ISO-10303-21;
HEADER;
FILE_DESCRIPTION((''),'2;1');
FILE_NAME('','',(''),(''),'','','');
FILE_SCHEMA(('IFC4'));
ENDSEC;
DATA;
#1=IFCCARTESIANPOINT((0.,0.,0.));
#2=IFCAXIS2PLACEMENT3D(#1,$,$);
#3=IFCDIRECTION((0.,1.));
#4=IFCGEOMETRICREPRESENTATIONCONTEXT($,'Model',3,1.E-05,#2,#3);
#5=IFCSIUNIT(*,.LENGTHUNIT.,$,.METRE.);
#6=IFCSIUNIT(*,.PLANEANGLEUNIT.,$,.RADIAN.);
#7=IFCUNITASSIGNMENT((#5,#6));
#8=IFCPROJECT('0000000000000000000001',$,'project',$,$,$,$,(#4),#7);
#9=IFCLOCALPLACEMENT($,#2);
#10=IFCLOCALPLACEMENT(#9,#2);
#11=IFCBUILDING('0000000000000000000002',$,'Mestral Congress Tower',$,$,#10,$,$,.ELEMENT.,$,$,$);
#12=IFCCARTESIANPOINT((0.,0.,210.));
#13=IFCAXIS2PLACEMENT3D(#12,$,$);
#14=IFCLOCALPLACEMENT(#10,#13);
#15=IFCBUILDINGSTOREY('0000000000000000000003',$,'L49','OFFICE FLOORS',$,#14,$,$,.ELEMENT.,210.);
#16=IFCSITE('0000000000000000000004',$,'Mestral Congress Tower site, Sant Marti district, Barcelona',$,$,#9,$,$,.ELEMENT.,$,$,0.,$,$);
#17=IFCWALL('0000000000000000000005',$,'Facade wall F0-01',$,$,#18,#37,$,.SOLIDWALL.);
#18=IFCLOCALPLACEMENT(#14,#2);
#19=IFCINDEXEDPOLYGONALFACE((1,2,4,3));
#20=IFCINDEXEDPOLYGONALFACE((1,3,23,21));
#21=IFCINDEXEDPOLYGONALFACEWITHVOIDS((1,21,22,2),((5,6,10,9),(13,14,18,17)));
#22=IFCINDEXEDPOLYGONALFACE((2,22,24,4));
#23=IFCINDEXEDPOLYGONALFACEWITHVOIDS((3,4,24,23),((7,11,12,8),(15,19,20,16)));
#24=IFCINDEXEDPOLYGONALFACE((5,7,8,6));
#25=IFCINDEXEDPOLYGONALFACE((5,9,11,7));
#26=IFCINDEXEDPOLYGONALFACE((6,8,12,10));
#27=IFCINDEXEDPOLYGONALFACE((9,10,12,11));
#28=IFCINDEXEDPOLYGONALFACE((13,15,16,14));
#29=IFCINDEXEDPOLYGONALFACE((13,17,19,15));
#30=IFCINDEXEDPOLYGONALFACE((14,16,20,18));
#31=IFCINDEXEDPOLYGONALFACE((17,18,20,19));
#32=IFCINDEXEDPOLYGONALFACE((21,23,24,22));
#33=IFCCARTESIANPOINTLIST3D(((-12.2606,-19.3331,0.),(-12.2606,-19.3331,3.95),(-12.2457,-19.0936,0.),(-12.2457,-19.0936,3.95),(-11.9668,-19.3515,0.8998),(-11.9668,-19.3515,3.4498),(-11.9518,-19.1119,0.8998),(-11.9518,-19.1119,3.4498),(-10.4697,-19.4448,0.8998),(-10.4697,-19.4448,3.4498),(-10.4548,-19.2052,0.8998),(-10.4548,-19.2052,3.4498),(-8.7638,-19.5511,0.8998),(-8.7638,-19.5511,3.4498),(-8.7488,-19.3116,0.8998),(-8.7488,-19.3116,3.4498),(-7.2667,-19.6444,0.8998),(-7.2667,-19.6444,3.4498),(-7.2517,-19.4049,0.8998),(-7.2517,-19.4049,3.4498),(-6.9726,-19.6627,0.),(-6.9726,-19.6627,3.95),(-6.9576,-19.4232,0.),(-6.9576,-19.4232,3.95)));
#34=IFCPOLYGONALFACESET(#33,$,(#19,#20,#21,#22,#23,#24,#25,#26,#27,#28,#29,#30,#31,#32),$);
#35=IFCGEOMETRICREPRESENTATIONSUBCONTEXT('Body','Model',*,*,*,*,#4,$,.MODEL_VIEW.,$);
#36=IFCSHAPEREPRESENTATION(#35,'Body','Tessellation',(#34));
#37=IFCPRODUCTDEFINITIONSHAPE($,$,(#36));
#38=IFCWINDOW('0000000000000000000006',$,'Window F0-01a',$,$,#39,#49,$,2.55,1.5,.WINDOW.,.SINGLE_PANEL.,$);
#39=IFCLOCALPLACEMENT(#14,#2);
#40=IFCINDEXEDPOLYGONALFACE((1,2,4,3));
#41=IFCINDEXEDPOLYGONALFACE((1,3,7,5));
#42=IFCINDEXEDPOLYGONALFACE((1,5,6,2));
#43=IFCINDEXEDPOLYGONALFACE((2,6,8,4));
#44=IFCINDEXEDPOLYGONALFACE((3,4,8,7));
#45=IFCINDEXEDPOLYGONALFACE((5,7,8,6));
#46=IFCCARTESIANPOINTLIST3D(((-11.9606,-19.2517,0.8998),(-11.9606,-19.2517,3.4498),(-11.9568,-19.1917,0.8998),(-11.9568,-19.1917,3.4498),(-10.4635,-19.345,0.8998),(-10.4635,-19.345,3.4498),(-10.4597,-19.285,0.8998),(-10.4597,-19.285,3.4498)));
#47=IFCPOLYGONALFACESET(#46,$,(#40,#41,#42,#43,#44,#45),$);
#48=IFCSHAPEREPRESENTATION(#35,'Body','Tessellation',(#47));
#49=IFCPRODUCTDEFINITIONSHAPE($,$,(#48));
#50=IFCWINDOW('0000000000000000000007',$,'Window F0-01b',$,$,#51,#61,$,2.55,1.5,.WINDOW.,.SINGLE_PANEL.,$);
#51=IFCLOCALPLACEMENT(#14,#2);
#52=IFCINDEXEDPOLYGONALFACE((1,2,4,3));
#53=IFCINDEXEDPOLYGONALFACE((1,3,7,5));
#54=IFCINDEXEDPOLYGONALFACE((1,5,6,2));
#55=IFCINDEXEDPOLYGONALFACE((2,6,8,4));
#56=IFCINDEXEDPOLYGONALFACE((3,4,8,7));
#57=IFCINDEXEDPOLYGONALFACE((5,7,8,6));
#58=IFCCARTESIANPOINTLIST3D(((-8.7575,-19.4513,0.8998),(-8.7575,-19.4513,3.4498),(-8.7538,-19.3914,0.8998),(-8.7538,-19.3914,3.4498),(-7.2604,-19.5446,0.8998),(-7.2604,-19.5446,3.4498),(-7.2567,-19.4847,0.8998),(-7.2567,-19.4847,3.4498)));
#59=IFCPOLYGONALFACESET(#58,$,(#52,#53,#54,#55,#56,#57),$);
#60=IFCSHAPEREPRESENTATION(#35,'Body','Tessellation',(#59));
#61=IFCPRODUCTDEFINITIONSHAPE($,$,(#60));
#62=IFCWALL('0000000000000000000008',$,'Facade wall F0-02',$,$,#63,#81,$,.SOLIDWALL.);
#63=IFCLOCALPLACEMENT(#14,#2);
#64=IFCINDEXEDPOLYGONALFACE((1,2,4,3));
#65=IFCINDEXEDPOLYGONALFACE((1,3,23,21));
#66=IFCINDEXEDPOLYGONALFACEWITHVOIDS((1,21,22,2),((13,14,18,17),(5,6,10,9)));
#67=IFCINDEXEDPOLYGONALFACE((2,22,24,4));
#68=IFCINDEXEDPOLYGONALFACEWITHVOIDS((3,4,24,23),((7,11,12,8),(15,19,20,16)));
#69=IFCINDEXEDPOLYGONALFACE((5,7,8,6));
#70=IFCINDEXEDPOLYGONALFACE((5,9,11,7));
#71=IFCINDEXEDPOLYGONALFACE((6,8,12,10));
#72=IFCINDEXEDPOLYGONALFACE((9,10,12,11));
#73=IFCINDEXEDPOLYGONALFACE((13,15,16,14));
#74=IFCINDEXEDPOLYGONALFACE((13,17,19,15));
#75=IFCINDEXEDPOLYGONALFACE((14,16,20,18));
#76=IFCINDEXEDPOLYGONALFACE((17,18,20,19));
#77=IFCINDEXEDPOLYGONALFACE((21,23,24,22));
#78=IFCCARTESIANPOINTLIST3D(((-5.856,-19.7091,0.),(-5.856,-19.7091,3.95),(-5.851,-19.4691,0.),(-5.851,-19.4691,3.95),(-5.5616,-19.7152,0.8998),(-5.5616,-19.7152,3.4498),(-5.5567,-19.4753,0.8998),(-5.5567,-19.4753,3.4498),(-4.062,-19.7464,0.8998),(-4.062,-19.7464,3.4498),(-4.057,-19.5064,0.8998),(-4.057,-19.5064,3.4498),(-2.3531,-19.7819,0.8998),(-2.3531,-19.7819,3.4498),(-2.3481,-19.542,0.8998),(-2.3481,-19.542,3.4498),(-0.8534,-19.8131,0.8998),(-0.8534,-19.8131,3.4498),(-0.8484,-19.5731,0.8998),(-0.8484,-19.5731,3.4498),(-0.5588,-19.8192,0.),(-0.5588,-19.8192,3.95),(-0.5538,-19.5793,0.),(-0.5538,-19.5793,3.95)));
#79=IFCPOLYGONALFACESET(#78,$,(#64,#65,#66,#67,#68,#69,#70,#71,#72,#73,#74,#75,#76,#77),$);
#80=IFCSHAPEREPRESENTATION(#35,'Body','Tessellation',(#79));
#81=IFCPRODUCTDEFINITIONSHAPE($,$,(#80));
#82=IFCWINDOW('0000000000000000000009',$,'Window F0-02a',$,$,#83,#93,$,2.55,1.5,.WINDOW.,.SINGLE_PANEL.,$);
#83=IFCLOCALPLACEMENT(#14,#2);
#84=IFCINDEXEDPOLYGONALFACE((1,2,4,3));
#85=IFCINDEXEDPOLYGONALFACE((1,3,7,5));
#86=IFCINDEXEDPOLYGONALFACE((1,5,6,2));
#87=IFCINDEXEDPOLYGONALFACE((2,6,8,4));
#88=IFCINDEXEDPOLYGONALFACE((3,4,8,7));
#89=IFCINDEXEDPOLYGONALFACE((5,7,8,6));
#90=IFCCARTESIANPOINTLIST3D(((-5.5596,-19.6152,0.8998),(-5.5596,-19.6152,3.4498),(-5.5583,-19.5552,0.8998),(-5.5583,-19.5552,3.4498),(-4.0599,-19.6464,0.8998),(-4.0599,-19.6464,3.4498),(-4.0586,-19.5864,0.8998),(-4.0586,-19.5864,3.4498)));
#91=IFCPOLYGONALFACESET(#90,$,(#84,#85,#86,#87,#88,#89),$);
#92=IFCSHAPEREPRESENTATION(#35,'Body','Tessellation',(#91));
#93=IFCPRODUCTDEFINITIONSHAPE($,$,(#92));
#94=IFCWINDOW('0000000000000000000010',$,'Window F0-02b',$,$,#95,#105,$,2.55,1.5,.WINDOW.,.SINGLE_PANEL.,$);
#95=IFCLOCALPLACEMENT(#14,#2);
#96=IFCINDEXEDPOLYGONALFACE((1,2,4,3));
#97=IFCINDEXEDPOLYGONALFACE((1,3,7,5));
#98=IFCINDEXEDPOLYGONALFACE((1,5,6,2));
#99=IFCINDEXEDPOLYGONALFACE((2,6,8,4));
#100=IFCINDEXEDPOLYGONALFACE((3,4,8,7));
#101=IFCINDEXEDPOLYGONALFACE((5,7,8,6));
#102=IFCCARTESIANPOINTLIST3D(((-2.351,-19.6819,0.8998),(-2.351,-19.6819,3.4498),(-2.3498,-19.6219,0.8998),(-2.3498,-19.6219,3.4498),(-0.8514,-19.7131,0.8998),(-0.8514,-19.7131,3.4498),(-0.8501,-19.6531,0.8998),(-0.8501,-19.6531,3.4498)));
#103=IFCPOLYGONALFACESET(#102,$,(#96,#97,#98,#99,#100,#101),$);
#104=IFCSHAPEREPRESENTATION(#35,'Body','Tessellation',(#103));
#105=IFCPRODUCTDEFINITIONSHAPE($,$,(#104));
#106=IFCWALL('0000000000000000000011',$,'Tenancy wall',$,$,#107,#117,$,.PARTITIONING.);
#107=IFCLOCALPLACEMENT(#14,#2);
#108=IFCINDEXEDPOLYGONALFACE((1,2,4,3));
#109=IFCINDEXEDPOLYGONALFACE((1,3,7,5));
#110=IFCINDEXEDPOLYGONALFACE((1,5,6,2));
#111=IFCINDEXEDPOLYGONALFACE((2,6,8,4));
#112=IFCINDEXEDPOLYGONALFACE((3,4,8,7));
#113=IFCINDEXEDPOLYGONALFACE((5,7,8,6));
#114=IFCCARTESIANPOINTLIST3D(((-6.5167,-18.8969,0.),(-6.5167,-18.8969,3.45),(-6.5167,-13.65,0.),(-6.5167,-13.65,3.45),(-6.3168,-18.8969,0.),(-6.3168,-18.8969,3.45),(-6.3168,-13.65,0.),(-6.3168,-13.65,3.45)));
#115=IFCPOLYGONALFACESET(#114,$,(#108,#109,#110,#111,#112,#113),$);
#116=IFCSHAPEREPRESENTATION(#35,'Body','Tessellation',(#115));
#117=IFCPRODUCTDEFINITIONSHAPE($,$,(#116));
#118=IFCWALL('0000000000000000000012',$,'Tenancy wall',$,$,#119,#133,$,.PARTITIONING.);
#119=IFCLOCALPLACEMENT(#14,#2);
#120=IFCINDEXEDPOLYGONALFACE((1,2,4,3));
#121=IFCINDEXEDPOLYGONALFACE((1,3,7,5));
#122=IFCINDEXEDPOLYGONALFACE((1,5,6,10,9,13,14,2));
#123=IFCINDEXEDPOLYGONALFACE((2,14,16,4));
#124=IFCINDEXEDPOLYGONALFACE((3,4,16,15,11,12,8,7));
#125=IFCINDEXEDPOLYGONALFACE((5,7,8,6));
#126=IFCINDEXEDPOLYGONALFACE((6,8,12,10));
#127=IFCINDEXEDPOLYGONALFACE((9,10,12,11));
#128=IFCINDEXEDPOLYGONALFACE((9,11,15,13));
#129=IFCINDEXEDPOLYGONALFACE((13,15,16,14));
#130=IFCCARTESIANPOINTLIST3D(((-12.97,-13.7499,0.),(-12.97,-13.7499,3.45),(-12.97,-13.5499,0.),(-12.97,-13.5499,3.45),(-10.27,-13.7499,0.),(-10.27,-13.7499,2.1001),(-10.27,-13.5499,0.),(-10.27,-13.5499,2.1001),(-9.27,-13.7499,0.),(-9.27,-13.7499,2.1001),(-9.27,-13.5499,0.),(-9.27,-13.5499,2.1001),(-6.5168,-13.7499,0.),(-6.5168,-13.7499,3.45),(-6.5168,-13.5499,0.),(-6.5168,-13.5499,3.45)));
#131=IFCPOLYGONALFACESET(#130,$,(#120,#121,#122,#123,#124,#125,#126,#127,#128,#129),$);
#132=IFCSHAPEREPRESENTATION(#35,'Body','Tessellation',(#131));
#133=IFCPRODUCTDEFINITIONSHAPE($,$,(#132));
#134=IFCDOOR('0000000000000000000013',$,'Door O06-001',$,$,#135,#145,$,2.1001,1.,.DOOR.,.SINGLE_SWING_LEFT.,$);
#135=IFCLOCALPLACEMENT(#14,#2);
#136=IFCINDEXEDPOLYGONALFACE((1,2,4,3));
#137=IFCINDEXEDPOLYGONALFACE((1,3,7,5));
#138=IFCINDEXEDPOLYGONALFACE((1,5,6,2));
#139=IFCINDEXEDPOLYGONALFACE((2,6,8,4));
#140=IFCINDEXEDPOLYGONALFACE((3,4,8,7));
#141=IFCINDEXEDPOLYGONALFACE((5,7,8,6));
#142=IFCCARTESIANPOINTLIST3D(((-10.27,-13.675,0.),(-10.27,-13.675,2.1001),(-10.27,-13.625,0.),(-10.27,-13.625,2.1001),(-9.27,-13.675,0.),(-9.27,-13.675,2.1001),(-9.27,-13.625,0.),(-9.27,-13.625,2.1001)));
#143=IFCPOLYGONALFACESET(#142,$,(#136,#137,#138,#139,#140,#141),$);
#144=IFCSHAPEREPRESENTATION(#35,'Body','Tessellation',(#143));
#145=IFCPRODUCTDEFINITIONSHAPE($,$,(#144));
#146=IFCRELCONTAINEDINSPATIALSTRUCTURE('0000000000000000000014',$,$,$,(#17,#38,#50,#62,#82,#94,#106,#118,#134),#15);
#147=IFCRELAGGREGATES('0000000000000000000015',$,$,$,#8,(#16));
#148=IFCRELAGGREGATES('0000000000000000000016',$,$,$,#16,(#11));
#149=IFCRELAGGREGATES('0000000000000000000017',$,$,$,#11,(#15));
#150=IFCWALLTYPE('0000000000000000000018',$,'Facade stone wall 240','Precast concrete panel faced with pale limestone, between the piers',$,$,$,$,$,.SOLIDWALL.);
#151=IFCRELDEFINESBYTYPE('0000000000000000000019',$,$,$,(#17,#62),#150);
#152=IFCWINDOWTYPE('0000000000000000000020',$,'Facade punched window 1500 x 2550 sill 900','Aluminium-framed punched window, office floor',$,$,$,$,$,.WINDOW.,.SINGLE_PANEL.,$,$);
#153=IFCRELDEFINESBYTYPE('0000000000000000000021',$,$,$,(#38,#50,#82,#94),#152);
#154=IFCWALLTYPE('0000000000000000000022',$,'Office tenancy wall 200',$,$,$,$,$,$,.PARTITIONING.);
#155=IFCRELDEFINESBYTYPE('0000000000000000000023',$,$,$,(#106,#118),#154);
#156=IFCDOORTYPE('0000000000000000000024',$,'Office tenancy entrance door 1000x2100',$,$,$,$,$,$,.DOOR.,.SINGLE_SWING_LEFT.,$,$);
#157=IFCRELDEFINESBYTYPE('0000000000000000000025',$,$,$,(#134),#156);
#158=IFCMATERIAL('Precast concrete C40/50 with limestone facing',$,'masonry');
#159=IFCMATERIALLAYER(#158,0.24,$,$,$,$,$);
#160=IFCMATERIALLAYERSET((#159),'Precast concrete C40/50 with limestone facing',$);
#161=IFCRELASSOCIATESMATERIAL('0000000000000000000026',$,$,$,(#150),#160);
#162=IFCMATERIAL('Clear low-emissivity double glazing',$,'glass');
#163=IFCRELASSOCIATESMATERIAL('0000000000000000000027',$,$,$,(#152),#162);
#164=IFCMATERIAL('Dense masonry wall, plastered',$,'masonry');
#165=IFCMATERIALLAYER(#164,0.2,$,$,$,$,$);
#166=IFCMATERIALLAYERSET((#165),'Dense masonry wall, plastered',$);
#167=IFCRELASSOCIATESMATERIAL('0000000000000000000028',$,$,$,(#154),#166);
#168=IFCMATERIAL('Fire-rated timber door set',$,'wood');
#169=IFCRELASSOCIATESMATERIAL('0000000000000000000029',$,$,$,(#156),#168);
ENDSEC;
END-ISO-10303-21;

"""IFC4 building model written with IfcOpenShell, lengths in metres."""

from ifc_helpers import new_model, si_unit, direction, frame, frame_2d, origin, place, context, subcontext, project, spatial, rectangle, extrude, material, layer, layer_set, type_object, element, fill, save


model = new_model("IFC4")

# Units and contexts
model_context = context("Model", 3, precision=1e-05, world=origin(), true_north=direction((0.0, 1.0)))
body_context = subcontext(model_context, "Body", "Model", "MODEL_VIEW")
ifc_project = project(units=[si_unit("LENGTHUNIT", "METRE"), si_unit("PLANEANGLEUNIT", "RADIAN")], contexts=[model_context])

# Site, building, storey
site_placement = place(None, origin())
site = spatial("IfcSite", under=ifc_project, at=site_placement, Name="Mestral Congress Tower site, Sant Marti district, Barcelona", CompositionType="ELEMENT", RefElevation=0.0)
building_placement = place(site_placement, origin())
building = spatial("IfcBuilding", under=site, at=building_placement, Name="Mestral Congress Tower", CompositionType="ELEMENT")
storey_placement = place(building_placement, frame((0.0, 0.0, 210.0)))
storey = spatial("IfcBuildingStorey", under=building, at=storey_placement, Name="L49", Description="OFFICE FLOORS", CompositionType="ELEMENT", Elevation=210.0)

# Walls, openings, windows
ifc_material_1 = material(Name="Precast concrete C40/50 with limestone facing", Category="masonry")
ifc_layer_1 = layer(ifc_material_1, 0.24)
ifc_layer_set_1 = layer_set([ifc_layer_1], Name="Precast concrete C40/50 with limestone facing")
wall_type_1 = type_object("IfcWallType", Name="Facade stone wall 240", Description="Precast concrete panel faced with pale limestone, between the piers", PredefinedType="SOLIDWALL", material=ifc_layer_set_1)
wall_1_placement = place(storey_placement, frame((-12.2532, -19.2134, 0.0), z_axis=(0.0, 0.0, 1.0), x_axis=(0.998063, -0.062206, 0.0)))
wall_1 = element("IfcWall", 1, at=wall_1_placement, inside=storey, type_object=wall_type_1, Name="Facade wall F0-01", PredefinedType="SOLIDWALL", context=body_context, shape_type="SweptSolid", body=[
    extrude(rectangle(XDim=5.2983, YDim=0.24, at=frame_2d((2.6492, 0.0))), origin(), (0.0, 0.0, 1.0), 3.95),
])
opening_1_placement = place(wall_1_placement, frame((0.2944, 0.0, 0.8999)))
opening_1 = element("IfcOpeningElement", 2, at=opening_1_placement, cuts=wall_1, PredefinedType="OPENING", context=body_context, shape_type="SweptSolid", body=[
    extrude(rectangle(XDim=1.5, YDim=2.55, at=frame_2d((0.75, 1.2749))), frame((0.0, 0.1299, 0.0), z_axis=(0.0, -1.0, 0.0), x_axis=(1.0, 0.0, 0.0)), (0.0, 0.0, 1.0), 0.26),
])
opening_2_placement = place(wall_1_placement, frame((3.5037, 0.0, 0.8999)))
opening_2 = element("IfcOpeningElement", 3, at=opening_2_placement, cuts=wall_1, PredefinedType="OPENING", context=body_context, shape_type="SweptSolid", body=[
    extrude(rectangle(XDim=1.5, YDim=2.55, at=frame_2d((0.75, 1.2749))), frame((0.0, 0.1299, 0.0), z_axis=(0.0, -1.0, 0.0), x_axis=(1.0, 0.0, 0.0)), (0.0, 0.0, 1.0), 0.26),
])
ifc_material_2 = material(Name="Clear low-emissivity double glazing", Category="glass")
window_type = type_object("IfcWindowType", Name="Facade punched window 1500 x 2550 sill 900", Description="Aluminium-framed punched window, office floor", PartitioningType="SINGLE_PANEL", PredefinedType="WINDOW", material=ifc_material_2)
window_1_placement = place(opening_1_placement, origin())
window_1 = element("IfcWindow", 4, at=window_1_placement, inside=storey, type_object=window_type, Name="Window F0-01a", OverallHeight=2.55, OverallWidth=1.5, PartitioningType="SINGLE_PANEL", PredefinedType="WINDOW", context=body_context, shape_type="SweptSolid", body=[
    extrude(rectangle(XDim=1.5, YDim=2.55, at=frame_2d((0.75, 1.2749))), frame((0.0, 0.04, 0.0), z_axis=(0.0, -1.0, 0.0), x_axis=(1.0, 0.0, 0.0)), (0.0, 0.0, 1.0), 0.0601),
])
fill(opening_1, window_1)
window_2_placement = place(opening_2_placement, origin())
window_2 = element("IfcWindow", 5, at=window_2_placement, inside=storey, type_object=window_type, Name="Window F0-01b", OverallHeight=2.55, OverallWidth=1.5, PartitioningType="SINGLE_PANEL", PredefinedType="WINDOW", context=body_context, shape_type="SweptSolid", body=[
    extrude(rectangle(XDim=1.5, YDim=2.55, at=frame_2d((0.75, 1.2749))), frame((0.0, 0.04, 0.0), z_axis=(0.0, -1.0, 0.0), x_axis=(1.0, 0.0, 0.0)), (0.0, 0.0, 1.0), 0.0601),
])
fill(opening_2, window_2)
wall_2_placement = place(storey_placement, frame((-5.8535, -19.5891, 0.0), z_axis=(0.0, 0.0, 1.0), x_axis=(0.999784, -0.020782, 0.0)))
wall_2 = element("IfcWall", 6, at=wall_2_placement, inside=storey, type_object=wall_type_1, Name="Facade wall F0-02", PredefinedType="SOLIDWALL", context=body_context, shape_type="SweptSolid", body=[
    extrude(rectangle(XDim=5.2983, YDim=0.24, at=frame_2d((2.6492, 0.0))), origin(), (0.0, 0.0, 1.0), 3.95),
])
opening_3_placement = place(wall_2_placement, frame((0.2944, 0.0, 0.8999)))
opening_3 = element("IfcOpeningElement", 7, at=opening_3_placement, cuts=wall_2, PredefinedType="OPENING", context=body_context, shape_type="SweptSolid", body=[
    extrude(rectangle(XDim=1.5, YDim=2.55, at=frame_2d((0.75, 1.2749))), frame((0.0, 0.1299, 0.0), z_axis=(0.0, -1.0, 0.0), x_axis=(1.0, 0.0, 0.0)), (0.0, 0.0, 1.0), 0.26),
])
opening_4_placement = place(wall_2_placement, frame((3.5037, 0.0, 0.8999)))
opening_4 = element("IfcOpeningElement", 8, at=opening_4_placement, cuts=wall_2, PredefinedType="OPENING", context=body_context, shape_type="SweptSolid", body=[
    extrude(rectangle(XDim=1.5, YDim=2.55, at=frame_2d((0.75, 1.2749))), frame((0.0, 0.1299, 0.0), z_axis=(0.0, -1.0, 0.0), x_axis=(1.0, 0.0, 0.0)), (0.0, 0.0, 1.0), 0.26),
])
window_3_placement = place(opening_3_placement, origin())
window_3 = element("IfcWindow", 9, at=window_3_placement, inside=storey, type_object=window_type, Name="Window F0-02a", OverallHeight=2.55, OverallWidth=1.5, PartitioningType="SINGLE_PANEL", PredefinedType="WINDOW", context=body_context, shape_type="SweptSolid", body=[
    extrude(rectangle(XDim=1.5, YDim=2.55, at=frame_2d((0.75, 1.2749))), frame((0.0, 0.04, 0.0), z_axis=(0.0, -1.0, 0.0), x_axis=(1.0, 0.0, 0.0)), (0.0, 0.0, 1.0), 0.0601),
])
fill(opening_3, window_3)
window_4_placement = place(opening_4_placement, origin())
window_4 = element("IfcWindow", 10, at=window_4_placement, inside=storey, type_object=window_type, Name="Window F0-02b", OverallHeight=2.55, OverallWidth=1.5, PartitioningType="SINGLE_PANEL", PredefinedType="WINDOW", context=body_context, shape_type="SweptSolid", body=[
    extrude(rectangle(XDim=1.5, YDim=2.55, at=frame_2d((0.75, 1.2749))), frame((0.0, 0.04, 0.0), z_axis=(0.0, -1.0, 0.0), x_axis=(1.0, 0.0, 0.0)), (0.0, 0.0, 1.0), 0.0601),
])
fill(opening_4, window_4)

# Wall
ifc_material_3 = material(Name="Dense masonry wall, plastered", Category="masonry")
ifc_layer_2 = layer(ifc_material_3, 0.2)
ifc_layer_set_2 = layer_set([ifc_layer_2], Name="Dense masonry wall, plastered")
wall_type_2 = type_object("IfcWallType", Name="Office tenancy wall 200", PredefinedType="PARTITIONING", material=ifc_layer_set_2)
wall_3_placement = place(storey_placement, frame((-6.4167, -13.6499, 0.0), z_axis=(0.0, 0.0, 1.0), x_axis=(0.0, -1.0, 0.0)))
element("IfcWall", 11, at=wall_3_placement, inside=storey, type_object=wall_type_2, Name="Tenancy wall", PredefinedType="PARTITIONING", context=body_context, shape_type="SweptSolid", body=[
    extrude(rectangle(XDim=5.2468, YDim=0.2, at=frame_2d((2.6235, 0.0))), origin(), (0.0, 0.0, 1.0), 3.45),
])

# Wall, opening, door
wall_4_placement = place(storey_placement, frame((-12.97, -13.6499, 0.0), z_axis=(0.0, 0.0, 1.0), x_axis=(1.0, 0.0, 0.0)))
wall_4 = element("IfcWall", 12, at=wall_4_placement, inside=storey, type_object=wall_type_2, Name="Tenancy wall", PredefinedType="PARTITIONING", context=body_context, shape_type="SweptSolid", body=[
    extrude(rectangle(XDim=6.4531, YDim=0.2, at=frame_2d((3.2266, 0.0))), origin(), (0.0, 0.0, 1.0), 3.45),
])
opening_5_placement = place(wall_4_placement, frame((2.7, 0.0, 0.0)))
opening_5 = element("IfcOpeningElement", 13, at=opening_5_placement, cuts=wall_4, PredefinedType="OPENING", context=body_context, shape_type="SweptSolid", body=[
    extrude(rectangle(XDim=1.0, YDim=2.1001, at=frame_2d((0.5, 1.05))), frame((0.0, 0.1099, 0.0), z_axis=(0.0, -1.0, 0.0), x_axis=(1.0, 0.0, 0.0)), (0.0, 0.0, 1.0), 0.22),
])
ifc_material_4 = material(Name="Fire-rated timber door set", Category="wood")
door_type_1 = type_object("IfcDoorType", Name="Office tenancy entrance door 1000x2100", OperationType="SINGLE_SWING_LEFT", PredefinedType="DOOR", material=ifc_material_4)
door_1_placement = place(opening_5_placement, origin())
door_1 = element("IfcDoor", 14, at=door_1_placement, inside=storey, type_object=door_type_1, Name="Door O06-001", OperationType="SINGLE_SWING_LEFT", OverallHeight=2.1001, OverallWidth=1.0, PredefinedType="DOOR", context=body_context, shape_type="SweptSolid", body=[
    extrude(rectangle(XDim=1.0, YDim=2.1001, at=frame_2d((0.5, 1.05))), frame((0.0, 0.0249, 0.0), z_axis=(0.0, -1.0, 0.0), x_axis=(1.0, 0.0, 0.0)), (0.0, 0.0, 1.0), 0.05),
])
fill(opening_5, door_1)

save(model, "model.ifc")
